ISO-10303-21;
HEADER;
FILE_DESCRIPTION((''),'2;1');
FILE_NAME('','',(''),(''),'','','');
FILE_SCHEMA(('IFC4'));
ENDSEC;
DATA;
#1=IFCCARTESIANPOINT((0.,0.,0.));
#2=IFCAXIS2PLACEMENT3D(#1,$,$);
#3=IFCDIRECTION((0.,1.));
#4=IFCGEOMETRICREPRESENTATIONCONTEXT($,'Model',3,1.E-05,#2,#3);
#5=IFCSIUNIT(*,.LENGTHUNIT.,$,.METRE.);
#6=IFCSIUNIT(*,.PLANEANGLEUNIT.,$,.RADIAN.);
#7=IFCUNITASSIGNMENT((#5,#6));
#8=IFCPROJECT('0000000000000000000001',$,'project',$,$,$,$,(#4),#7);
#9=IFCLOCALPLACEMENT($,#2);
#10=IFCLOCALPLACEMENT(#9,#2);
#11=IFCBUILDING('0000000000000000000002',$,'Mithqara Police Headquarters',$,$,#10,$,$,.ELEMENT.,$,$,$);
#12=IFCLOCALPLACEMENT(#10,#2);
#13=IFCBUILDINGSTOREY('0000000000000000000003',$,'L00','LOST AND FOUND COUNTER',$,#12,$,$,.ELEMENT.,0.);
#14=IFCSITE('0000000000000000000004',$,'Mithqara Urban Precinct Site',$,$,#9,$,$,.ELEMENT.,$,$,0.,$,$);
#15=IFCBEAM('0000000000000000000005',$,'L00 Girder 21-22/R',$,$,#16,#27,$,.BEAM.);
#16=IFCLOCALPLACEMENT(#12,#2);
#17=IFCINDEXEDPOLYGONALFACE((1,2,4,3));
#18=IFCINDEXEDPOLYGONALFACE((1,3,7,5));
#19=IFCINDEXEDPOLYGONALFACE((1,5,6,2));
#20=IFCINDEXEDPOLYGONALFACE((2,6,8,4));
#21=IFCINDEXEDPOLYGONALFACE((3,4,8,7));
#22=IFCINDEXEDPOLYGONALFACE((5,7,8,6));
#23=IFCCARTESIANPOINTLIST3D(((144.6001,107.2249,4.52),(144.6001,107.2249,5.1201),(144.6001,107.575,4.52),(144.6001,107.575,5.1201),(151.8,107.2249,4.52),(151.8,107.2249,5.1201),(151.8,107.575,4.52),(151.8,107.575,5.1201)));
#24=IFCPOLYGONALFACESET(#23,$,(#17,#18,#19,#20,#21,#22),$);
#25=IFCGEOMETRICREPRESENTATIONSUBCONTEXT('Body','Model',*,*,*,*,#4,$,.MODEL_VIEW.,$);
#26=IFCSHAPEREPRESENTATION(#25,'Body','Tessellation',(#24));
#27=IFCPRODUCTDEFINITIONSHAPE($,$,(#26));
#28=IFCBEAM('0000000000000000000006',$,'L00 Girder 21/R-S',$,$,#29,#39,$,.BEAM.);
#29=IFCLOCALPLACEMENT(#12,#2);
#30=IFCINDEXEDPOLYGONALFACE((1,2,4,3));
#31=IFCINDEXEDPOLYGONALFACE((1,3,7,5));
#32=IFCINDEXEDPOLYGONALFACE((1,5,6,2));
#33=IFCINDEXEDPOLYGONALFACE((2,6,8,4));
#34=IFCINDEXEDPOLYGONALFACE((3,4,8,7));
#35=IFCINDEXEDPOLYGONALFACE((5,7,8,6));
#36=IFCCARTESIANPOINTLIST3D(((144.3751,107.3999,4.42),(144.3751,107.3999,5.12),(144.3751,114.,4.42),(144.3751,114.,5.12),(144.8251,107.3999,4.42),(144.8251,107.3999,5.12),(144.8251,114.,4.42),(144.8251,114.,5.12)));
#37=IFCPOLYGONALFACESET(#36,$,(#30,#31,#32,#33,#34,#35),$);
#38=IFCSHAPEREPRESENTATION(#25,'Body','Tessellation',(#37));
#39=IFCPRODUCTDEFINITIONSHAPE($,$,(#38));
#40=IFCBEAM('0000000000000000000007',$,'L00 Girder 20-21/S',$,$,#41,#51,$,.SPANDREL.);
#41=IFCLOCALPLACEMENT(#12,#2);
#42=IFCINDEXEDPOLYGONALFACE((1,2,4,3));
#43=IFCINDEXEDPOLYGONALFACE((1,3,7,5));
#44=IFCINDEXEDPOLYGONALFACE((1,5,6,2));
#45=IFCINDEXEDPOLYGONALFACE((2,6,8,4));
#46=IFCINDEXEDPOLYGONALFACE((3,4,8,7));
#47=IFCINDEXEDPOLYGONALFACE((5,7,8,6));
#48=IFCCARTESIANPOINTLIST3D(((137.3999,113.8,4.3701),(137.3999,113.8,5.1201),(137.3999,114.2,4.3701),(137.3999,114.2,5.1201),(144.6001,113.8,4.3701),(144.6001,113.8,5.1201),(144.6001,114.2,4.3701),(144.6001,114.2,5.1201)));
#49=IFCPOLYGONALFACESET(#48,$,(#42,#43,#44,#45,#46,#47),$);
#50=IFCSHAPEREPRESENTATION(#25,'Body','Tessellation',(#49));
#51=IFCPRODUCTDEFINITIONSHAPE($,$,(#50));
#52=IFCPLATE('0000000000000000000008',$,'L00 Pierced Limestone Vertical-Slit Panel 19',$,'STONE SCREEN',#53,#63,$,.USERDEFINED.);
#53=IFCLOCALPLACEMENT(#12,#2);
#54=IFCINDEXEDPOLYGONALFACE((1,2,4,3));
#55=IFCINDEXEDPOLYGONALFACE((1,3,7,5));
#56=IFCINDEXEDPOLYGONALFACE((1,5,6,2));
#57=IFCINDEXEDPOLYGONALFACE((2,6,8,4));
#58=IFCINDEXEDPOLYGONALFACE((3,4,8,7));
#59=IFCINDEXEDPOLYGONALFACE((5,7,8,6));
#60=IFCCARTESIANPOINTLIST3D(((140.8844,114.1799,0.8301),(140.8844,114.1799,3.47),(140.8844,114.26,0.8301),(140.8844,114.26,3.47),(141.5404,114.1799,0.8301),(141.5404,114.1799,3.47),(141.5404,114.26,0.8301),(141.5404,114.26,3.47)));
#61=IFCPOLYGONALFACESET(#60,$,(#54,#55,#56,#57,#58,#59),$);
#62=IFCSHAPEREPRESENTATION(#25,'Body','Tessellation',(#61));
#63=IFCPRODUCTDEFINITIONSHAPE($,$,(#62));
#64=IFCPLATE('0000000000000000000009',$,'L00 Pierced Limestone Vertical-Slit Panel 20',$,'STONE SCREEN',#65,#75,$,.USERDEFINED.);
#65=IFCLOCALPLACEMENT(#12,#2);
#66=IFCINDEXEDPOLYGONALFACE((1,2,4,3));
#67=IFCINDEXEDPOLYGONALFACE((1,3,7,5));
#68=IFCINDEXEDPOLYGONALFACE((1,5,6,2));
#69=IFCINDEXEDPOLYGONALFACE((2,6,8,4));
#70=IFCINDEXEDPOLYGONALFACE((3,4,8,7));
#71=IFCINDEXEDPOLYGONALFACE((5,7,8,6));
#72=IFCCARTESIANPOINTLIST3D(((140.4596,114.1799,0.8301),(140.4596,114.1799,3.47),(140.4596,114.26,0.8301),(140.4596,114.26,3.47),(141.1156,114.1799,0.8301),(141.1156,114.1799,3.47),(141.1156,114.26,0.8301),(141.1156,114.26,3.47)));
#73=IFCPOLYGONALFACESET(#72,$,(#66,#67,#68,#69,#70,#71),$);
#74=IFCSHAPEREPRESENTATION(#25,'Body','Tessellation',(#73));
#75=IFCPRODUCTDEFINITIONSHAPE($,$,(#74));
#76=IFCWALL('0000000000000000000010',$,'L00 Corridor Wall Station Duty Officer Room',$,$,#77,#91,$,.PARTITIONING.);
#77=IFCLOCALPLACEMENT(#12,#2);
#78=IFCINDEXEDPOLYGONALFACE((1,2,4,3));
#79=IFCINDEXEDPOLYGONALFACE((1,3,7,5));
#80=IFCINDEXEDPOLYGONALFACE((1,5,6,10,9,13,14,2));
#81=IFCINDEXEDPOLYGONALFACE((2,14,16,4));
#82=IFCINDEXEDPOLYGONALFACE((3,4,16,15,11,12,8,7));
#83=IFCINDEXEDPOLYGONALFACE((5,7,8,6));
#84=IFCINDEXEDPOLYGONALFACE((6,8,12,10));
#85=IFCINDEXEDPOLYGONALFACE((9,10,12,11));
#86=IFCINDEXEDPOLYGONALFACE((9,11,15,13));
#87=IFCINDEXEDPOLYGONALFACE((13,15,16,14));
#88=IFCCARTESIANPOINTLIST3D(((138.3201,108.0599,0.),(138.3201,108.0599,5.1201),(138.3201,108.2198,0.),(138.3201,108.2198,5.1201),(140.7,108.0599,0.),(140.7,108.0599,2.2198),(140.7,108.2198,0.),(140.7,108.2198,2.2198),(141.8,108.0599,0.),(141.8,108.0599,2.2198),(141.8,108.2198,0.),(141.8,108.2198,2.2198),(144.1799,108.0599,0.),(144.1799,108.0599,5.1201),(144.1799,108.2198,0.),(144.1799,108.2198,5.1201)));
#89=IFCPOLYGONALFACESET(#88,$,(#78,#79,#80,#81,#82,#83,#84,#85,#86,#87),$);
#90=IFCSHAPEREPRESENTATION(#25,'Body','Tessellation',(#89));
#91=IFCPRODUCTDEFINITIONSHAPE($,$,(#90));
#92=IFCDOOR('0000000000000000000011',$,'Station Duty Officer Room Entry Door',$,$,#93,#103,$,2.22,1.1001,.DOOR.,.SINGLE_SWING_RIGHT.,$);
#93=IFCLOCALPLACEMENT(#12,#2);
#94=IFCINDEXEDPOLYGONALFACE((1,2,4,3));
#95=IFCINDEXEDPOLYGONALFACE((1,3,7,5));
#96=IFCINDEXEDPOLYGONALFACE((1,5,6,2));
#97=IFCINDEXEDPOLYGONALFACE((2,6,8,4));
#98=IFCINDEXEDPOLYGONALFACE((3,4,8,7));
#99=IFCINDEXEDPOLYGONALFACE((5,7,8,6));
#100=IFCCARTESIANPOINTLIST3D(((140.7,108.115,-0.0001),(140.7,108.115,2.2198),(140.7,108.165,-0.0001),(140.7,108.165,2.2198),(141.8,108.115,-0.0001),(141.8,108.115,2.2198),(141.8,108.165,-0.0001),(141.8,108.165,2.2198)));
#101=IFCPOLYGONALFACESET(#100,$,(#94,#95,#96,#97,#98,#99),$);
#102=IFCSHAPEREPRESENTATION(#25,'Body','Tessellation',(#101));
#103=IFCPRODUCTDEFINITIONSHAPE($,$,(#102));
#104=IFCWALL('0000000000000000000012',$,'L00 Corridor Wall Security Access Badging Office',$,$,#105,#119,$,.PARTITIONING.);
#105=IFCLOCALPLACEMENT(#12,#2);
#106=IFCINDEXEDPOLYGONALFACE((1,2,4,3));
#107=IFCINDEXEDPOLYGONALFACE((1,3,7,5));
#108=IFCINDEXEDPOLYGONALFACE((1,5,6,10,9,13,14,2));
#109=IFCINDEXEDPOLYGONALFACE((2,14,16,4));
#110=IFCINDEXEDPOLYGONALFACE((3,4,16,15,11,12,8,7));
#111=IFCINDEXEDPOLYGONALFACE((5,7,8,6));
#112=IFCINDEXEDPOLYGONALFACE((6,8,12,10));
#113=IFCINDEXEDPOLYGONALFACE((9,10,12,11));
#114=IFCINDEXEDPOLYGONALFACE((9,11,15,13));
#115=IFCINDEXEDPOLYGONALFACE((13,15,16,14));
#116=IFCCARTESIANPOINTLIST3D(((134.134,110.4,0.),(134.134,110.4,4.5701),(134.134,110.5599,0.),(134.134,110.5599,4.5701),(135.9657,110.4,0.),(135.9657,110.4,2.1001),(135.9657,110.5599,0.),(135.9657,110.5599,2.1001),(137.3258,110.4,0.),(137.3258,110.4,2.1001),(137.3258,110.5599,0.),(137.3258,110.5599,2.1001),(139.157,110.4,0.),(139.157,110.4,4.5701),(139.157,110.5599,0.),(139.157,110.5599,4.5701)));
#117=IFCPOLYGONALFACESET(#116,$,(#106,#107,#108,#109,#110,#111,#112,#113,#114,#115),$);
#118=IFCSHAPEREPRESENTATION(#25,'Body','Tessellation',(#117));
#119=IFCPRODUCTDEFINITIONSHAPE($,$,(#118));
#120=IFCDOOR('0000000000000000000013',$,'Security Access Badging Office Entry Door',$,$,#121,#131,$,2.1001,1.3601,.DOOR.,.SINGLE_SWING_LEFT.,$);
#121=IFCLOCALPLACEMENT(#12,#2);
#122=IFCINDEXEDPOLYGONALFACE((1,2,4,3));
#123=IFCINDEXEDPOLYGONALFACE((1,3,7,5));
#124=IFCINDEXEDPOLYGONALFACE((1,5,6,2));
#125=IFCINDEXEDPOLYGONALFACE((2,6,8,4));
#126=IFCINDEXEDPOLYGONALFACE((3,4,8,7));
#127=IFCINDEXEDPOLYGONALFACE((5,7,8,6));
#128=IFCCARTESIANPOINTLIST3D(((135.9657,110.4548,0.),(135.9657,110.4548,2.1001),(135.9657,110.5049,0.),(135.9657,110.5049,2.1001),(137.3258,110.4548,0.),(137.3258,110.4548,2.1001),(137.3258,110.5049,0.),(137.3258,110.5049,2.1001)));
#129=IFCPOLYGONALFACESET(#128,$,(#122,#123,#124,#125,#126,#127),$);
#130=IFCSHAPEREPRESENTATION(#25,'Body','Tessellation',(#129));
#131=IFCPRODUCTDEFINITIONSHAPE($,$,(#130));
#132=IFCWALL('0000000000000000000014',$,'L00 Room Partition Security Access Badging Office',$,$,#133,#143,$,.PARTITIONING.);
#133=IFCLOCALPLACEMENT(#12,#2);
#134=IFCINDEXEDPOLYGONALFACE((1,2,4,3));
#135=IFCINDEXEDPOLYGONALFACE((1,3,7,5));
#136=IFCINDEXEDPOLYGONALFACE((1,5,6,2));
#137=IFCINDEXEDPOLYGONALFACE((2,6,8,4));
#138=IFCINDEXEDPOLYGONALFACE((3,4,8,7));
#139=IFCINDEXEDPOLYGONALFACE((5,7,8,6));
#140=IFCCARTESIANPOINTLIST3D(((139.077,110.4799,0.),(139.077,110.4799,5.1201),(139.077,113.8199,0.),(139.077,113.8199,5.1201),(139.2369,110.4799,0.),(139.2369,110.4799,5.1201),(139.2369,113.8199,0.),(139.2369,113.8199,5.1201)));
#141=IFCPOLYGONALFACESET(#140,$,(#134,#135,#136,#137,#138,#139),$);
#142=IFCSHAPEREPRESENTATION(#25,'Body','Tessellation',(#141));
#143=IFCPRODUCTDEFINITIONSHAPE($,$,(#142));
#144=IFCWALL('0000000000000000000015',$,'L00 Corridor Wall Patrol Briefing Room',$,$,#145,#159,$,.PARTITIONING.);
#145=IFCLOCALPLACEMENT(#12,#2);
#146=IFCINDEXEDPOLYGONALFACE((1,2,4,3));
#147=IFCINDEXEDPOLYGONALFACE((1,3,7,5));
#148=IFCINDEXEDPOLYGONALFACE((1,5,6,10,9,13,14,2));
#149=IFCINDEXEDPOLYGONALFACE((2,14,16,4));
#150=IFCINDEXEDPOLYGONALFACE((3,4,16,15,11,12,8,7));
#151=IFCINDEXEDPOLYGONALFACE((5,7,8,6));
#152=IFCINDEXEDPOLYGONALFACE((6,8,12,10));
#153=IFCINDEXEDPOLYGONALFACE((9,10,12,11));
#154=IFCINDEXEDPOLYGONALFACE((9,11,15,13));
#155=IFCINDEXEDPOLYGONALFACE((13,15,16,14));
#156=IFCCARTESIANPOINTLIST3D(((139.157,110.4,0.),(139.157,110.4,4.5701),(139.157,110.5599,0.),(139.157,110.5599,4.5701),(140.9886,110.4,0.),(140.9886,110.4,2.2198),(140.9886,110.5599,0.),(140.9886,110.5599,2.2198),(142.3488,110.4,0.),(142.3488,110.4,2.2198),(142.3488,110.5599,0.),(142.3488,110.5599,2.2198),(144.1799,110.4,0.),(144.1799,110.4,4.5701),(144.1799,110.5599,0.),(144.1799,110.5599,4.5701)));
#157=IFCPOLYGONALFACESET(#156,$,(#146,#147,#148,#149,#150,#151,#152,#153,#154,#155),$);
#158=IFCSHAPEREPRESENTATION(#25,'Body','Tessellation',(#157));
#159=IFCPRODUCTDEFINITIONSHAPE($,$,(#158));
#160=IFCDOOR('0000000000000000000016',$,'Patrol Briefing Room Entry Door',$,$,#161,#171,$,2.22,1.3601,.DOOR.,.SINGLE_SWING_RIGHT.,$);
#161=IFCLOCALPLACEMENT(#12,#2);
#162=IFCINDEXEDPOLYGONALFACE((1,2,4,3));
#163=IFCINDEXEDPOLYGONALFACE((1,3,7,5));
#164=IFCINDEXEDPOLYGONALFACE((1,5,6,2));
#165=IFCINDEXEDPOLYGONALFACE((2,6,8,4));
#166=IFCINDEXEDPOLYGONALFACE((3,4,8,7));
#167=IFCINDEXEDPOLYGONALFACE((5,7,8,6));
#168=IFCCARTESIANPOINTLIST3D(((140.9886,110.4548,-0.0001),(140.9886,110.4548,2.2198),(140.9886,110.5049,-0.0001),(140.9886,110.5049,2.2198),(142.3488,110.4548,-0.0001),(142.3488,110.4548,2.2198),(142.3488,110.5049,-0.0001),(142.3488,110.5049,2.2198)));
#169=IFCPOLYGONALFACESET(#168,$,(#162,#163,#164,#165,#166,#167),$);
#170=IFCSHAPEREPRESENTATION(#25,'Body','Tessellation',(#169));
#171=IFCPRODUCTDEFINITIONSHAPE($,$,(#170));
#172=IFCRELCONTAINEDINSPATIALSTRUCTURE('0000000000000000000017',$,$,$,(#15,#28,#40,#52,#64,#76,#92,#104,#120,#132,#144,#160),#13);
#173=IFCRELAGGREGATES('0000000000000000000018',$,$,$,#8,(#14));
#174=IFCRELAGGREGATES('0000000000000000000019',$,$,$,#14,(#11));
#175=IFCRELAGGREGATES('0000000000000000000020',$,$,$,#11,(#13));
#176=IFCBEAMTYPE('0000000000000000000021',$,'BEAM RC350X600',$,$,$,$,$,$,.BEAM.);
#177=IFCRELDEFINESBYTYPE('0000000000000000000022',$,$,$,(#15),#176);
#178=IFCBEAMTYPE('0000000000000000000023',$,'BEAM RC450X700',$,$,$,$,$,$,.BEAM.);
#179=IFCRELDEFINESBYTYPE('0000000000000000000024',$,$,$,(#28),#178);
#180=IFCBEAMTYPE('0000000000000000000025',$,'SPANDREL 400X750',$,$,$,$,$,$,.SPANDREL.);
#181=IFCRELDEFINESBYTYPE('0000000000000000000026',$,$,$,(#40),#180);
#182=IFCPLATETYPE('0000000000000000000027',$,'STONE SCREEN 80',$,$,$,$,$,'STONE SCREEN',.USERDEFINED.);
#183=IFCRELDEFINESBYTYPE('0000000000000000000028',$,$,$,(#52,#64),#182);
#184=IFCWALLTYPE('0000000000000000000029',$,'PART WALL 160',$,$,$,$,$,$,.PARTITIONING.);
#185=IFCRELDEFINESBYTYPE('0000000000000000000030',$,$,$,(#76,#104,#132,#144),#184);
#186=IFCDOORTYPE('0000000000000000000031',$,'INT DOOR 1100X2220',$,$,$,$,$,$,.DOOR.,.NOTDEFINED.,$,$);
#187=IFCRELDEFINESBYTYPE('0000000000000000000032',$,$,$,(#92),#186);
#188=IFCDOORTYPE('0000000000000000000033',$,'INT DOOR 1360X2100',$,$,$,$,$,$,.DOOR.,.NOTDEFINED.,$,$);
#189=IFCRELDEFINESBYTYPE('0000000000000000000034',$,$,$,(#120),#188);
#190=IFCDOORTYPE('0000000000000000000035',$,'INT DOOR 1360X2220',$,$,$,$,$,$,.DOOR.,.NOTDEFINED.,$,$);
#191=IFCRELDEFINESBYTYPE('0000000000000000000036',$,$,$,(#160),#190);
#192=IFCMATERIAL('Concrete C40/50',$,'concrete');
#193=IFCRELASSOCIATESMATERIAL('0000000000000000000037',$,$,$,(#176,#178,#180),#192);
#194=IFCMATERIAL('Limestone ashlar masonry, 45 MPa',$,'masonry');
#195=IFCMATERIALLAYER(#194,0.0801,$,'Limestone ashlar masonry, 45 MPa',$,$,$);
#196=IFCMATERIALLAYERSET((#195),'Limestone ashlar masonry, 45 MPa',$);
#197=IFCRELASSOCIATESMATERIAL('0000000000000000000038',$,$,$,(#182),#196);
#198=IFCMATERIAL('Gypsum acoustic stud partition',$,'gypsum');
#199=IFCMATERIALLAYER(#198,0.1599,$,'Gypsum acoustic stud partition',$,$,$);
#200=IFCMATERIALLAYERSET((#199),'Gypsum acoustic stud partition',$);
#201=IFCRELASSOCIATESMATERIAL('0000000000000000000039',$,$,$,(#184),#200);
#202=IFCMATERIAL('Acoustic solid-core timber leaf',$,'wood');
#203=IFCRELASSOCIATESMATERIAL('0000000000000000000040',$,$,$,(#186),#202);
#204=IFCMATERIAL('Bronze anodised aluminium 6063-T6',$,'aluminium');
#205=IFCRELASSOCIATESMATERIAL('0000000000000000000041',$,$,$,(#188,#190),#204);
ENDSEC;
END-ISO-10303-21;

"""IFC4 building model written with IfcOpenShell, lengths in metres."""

from ifc_helpers import new_model, si_unit, direction, frame, frame_2d, origin, origin_2d, place, context, subcontext, project, spatial, rectangle, extrude, material, layer, layer_set, material_profile, profile_set, type_object, element, fill, save


model = new_model("IFC4")

# Units and contexts
model_context = context("Model", 3, precision=1e-05, world=origin(), true_north=direction((0.0, 1.0)))
body_context = subcontext(model_context, "Body", "Model", "MODEL_VIEW")
ifc_project = project(units=[si_unit("LENGTHUNIT", "METRE"), si_unit("PLANEANGLEUNIT", "RADIAN")], contexts=[model_context])

# Site, building, storey
site_placement = place(None, origin())
site = spatial("IfcSite", under=ifc_project, at=site_placement, Name="Mithqara Urban Precinct Site", CompositionType="ELEMENT", RefElevation=0.0)
building_placement = place(site_placement, origin())
building = spatial("IfcBuilding", under=site, at=building_placement, Name="Mithqara Police Headquarters", CompositionType="ELEMENT")
storey_placement = place(building_placement, origin())
storey = spatial("IfcBuildingStorey", under=building, at=storey_placement, Name="L00", Description="LOST AND FOUND COUNTER", CompositionType="ELEMENT", Elevation=0.0)

# Shared definitions
ifc_material_1 = material(Name="Concrete C40/50", Category="concrete")

# Beams
ifc_material_profile_1 = material_profile(ifc_material_1, rectangle(XDim=0.3501, YDim=0.6001, at=origin_2d()), Name="RC 350x600")
ifc_profile_set_1 = profile_set([ifc_material_profile_1], Name="Concrete C40/50")
beam_type_1 = type_object("IfcBeamType", Name="BEAM RC350X600", PredefinedType="BEAM", material=ifc_profile_set_1)
beam_1_placement = place(storey_placement, frame((144.6001, 107.3999, 4.8201), z_axis=(1.0, 0.0, 0.0), x_axis=(0.0, 1.0, 0.0)))
element("IfcBeam", 1, at=beam_1_placement, inside=storey, type_object=beam_type_1, Name="L00 Girder 21-22/R", PredefinedType="BEAM", context=body_context, shape_type="SweptSolid", body=[
    extrude(rectangle(XDim=0.3501, YDim=0.6001, at=origin_2d()), origin(), (0.0, 0.0, 1.0), 7.2),
])
ifc_material_profile_2 = material_profile(ifc_material_1, rectangle(XDim=0.45, YDim=0.7, at=origin_2d()), Name="RC 450x700")
ifc_profile_set_2 = profile_set([ifc_material_profile_2], Name="Concrete C40/50")
beam_type_2 = type_object("IfcBeamType", Name="BEAM RC450X700", PredefinedType="BEAM", material=ifc_profile_set_2)
beam_2_placement = place(storey_placement, frame((144.6001, 107.3999, 4.77), z_axis=(0.0, 1.0, 0.0), x_axis=(-1.0, 0.0, 0.0)))
element("IfcBeam", 2, at=beam_2_placement, inside=storey, type_object=beam_type_2, Name="L00 Girder 21/R-S", PredefinedType="BEAM", context=body_context, shape_type="SweptSolid", body=[
    extrude(rectangle(XDim=0.45, YDim=0.7, at=origin_2d()), origin(), (0.0, 0.0, 1.0), 6.6001),
])
ifc_material_profile_3 = material_profile(ifc_material_1, rectangle(XDim=0.3999, YDim=0.75, at=origin_2d()), Name="SPB 400x750")
ifc_profile_set_3 = profile_set([ifc_material_profile_3], Name="Concrete C40/50")
beam_type_3 = type_object("IfcBeamType", Name="SPANDREL 400X750", PredefinedType="SPANDREL", material=ifc_profile_set_3)
beam_3_placement = place(storey_placement, frame((137.3999, 114.0, 4.7451), z_axis=(1.0, 0.0, 0.0), x_axis=(0.0, 1.0, 0.0)))
element("IfcBeam", 3, at=beam_3_placement, inside=storey, type_object=beam_type_3, Name="L00 Girder 20-21/S", PredefinedType="SPANDREL", context=body_context, shape_type="SweptSolid", body=[
    extrude(rectangle(XDim=0.3999, YDim=0.75, at=origin_2d()), origin(), (0.0, 0.0, 1.0), 7.2002),
])

# Plates
ifc_material_2 = material(Name="Limestone ashlar masonry, 45 MPa", Category="masonry")
ifc_layer_1 = layer(ifc_material_2, 0.0801, Name="Limestone ashlar masonry, 45 MPa")
ifc_layer_set_1 = layer_set([ifc_layer_1], Name="Limestone ashlar masonry, 45 MPa")
plate_type = type_object("IfcPlateType", Name="STONE SCREEN 80", ElementType="STONE SCREEN", PredefinedType="USERDEFINED", material=ifc_layer_set_1)
for number, where, z_axis, x_axis, name in (
    (4, (141.2124, 114.22, 0.8301), (0.0, 0.0, 1.0), (1.0, 0.0, 0.0), "L00 Pierced Limestone Vertical-Slit Panel 19"),
    (5, (140.7876, 114.22, 0.8301), (0.0, 0.0, 1.0), (1.0, 0.0, 0.0), "L00 Pierced Limestone Vertical-Slit Panel 20"),
):
    element("IfcPlate", number, at=place(storey_placement, frame(where, z_axis=z_axis, x_axis=x_axis)), inside=storey, type_object=plate_type, Name=name, ObjectType="STONE SCREEN", PredefinedType="USERDEFINED", context=body_context, shape_type="SweptSolid", body=[
        extrude(rectangle(XDim=0.656, YDim=0.0801, at=origin_2d()), origin(), (0.0, 0.0, 1.0), 2.6399),
    ])

# Walls, openings, doors
ifc_material_3 = material(Name="Gypsum acoustic stud partition", Category="gypsum")
ifc_layer_2 = layer(ifc_material_3, 0.1599, Name="Gypsum acoustic stud partition")
ifc_layer_set_2 = layer_set([ifc_layer_2], Name="Gypsum acoustic stud partition")
wall_type_1 = type_object("IfcWallType", Name="PART WALL 160", PredefinedType="PARTITIONING", material=ifc_layer_set_2)
wall_1_placement = place(storey_placement, frame((138.3201, 108.1399, 0.0), z_axis=(0.0, 0.0, 1.0), x_axis=(1.0, 0.0, 0.0)))
wall_1 = element("IfcWall", 6, at=wall_1_placement, inside=storey, type_object=wall_type_1, Name="L00 Corridor Wall Station Duty Officer Room", PredefinedType="PARTITIONING", context=body_context, shape_type="SweptSolid", body=[
    extrude(rectangle(XDim=5.8599, YDim=0.1599, at=frame_2d((2.9299, 0.0))), origin(), (0.0, 0.0, 1.0), 5.1201),
])
opening_1_placement = place(wall_1_placement, frame((2.3799, 0.0, 0.0)))
opening_1 = element("IfcOpeningElement", 7, at=opening_1_placement, cuts=wall_1, PredefinedType="OPENING", context=body_context, shape_type="SweptSolid", body=[
    extrude(rectangle(XDim=1.1001, YDim=2.22, at=frame_2d((0.55, 1.1099))), frame((0.0, 0.0898, 0.0), z_axis=(0.0, -1.0, 0.0), x_axis=(1.0, 0.0, 0.0)), (0.0, 0.0, 1.0), 0.1799),
])
ifc_material_4 = material(Name="Acoustic solid-core timber leaf", Category="wood")
door_type_1 = type_object("IfcDoorType", Name="INT DOOR 1100X2220", OperationType="NOTDEFINED", PredefinedType="DOOR", material=ifc_material_4)
door_1_placement = place(opening_1_placement, frame((1.1001, 0.0, 0.0), z_axis=(0.0, 0.0, 1.0), x_axis=(-1.0, 0.0, 0.0)))
door_1 = element("IfcDoor", 8, at=door_1_placement, inside=storey, type_object=door_type_1, Name="Station Duty Officer Room Entry Door", OperationType="SINGLE_SWING_RIGHT", OverallHeight=2.22, OverallWidth=1.1001, PredefinedType="DOOR", context=body_context, shape_type="SweptSolid", body=[
    extrude(rectangle(XDim=1.1001, YDim=2.22, at=frame_2d((0.55, 1.1099))), frame((0.0, 0.0249, 0.0), z_axis=(0.0, -1.0, 0.0), x_axis=(1.0, 0.0, 0.0)), (0.0, 0.0, 1.0), 0.05),
])
fill(opening_1, door_1)
wall_2_placement = place(storey_placement, frame((134.134, 110.48, 0.0), z_axis=(0.0, 0.0, 1.0), x_axis=(1.0, 0.0, 0.0)))
wall_2 = element("IfcWall", 9, at=wall_2_placement, inside=storey, type_object=wall_type_1, Name="L00 Corridor Wall Security Access Badging Office", PredefinedType="PARTITIONING", context=body_context, shape_type="SweptSolid", body=[
    extrude(rectangle(XDim=5.0229, YDim=0.1599, at=frame_2d((2.5115, 0.0))), origin(), (0.0, 0.0, 1.0), 4.5701),
])
opening_2_placement = place(wall_2_placement, frame((1.8315, 0.0, 0.0)))
opening_2 = element("IfcOpeningElement", 10, at=opening_2_placement, cuts=wall_2, PredefinedType="OPENING", context=body_context, shape_type="SweptSolid", body=[
    extrude(rectangle(XDim=1.3601, YDim=2.1001, at=frame_2d((0.6802, 1.05))), frame((0.0, 0.0898, 0.0), z_axis=(0.0, -1.0, 0.0), x_axis=(1.0, 0.0, 0.0)), (0.0, 0.0, 1.0), 0.1799),
])
ifc_material_5 = material(Name="Bronze anodised aluminium 6063-T6", Category="aluminium")
door_type_2 = type_object("IfcDoorType", Name="INT DOOR 1360X2100", OperationType="NOTDEFINED", PredefinedType="DOOR", material=ifc_material_5)
door_2_placement = place(opening_2_placement, origin())
door_2 = element("IfcDoor", 11, at=door_2_placement, inside=storey, type_object=door_type_2, Name="Security Access Badging Office Entry Door", OperationType="SINGLE_SWING_LEFT", OverallHeight=2.1001, OverallWidth=1.3601, PredefinedType="DOOR", context=body_context, shape_type="SweptSolid", body=[
    extrude(rectangle(XDim=1.3601, YDim=2.1001, at=frame_2d((0.6802, 1.05))), frame((0.0, 0.0249, 0.0), z_axis=(0.0, -1.0, 0.0), x_axis=(1.0, 0.0, 0.0)), (0.0, 0.0, 1.0), 0.05),
])
fill(opening_2, door_2)

# Wall
wall_3_placement = place(storey_placement, frame((139.157, 110.48, 0.0), z_axis=(0.0, 0.0, 1.0), x_axis=(0.0, 1.0, 0.0)))
element("IfcWall", 12, at=wall_3_placement, inside=storey, type_object=wall_type_1, Name="L00 Room Partition Security Access Badging Office", PredefinedType="PARTITIONING", context=body_context, shape_type="SweptSolid", body=[
    extrude(rectangle(XDim=3.3401, YDim=0.1599, at=frame_2d((1.6699, 0.0))), origin(), (0.0, 0.0, 1.0), 5.1201),
])

# Wall, opening, door
wall_4_placement = place(storey_placement, frame((139.157, 110.48, 0.0), z_axis=(0.0, 0.0, 1.0), x_axis=(1.0, 0.0, 0.0)))
wall_4 = element("IfcWall", 13, at=wall_4_placement, inside=storey, type_object=wall_type_1, Name="L00 Corridor Wall Patrol Briefing Room", PredefinedType="PARTITIONING", context=body_context, shape_type="SweptSolid", body=[
    extrude(rectangle(XDim=5.0229, YDim=0.1599, at=frame_2d((2.5115, 0.0))), origin(), (0.0, 0.0, 1.0), 4.5701),
])
opening_3_placement = place(wall_4_placement, frame((1.8315, 0.0, 0.0)))
opening_3 = element("IfcOpeningElement", 14, at=opening_3_placement, cuts=wall_4, PredefinedType="OPENING", context=body_context, shape_type="SweptSolid", body=[
    extrude(rectangle(XDim=1.3601, YDim=2.22, at=frame_2d((0.6802, 1.1099))), frame((0.0, 0.0898, 0.0), z_axis=(0.0, -1.0, 0.0), x_axis=(1.0, 0.0, 0.0)), (0.0, 0.0, 1.0), 0.1799),
])
door_type_3 = type_object("IfcDoorType", Name="INT DOOR 1360X2220", OperationType="NOTDEFINED", PredefinedType="DOOR", material=ifc_material_5)
door_3_placement = place(opening_3_placement, origin())
door_3 = element("IfcDoor", 15, at=door_3_placement, inside=storey, type_object=door_type_3, Name="Patrol Briefing Room Entry Door", OperationType="SINGLE_SWING_RIGHT", OverallHeight=2.22, OverallWidth=1.3601, PredefinedType="DOOR", context=body_context, shape_type="SweptSolid", body=[
    extrude(rectangle(XDim=1.3601, YDim=2.22, at=frame_2d((0.6802, 1.1099))), frame((0.0, 0.0249, 0.0), z_axis=(0.0, -1.0, 0.0), x_axis=(1.0, 0.0, 0.0)), (0.0, 0.0, 1.0), 0.05),
])
fill(opening_3, door_3)

save(model, "model.ifc")
